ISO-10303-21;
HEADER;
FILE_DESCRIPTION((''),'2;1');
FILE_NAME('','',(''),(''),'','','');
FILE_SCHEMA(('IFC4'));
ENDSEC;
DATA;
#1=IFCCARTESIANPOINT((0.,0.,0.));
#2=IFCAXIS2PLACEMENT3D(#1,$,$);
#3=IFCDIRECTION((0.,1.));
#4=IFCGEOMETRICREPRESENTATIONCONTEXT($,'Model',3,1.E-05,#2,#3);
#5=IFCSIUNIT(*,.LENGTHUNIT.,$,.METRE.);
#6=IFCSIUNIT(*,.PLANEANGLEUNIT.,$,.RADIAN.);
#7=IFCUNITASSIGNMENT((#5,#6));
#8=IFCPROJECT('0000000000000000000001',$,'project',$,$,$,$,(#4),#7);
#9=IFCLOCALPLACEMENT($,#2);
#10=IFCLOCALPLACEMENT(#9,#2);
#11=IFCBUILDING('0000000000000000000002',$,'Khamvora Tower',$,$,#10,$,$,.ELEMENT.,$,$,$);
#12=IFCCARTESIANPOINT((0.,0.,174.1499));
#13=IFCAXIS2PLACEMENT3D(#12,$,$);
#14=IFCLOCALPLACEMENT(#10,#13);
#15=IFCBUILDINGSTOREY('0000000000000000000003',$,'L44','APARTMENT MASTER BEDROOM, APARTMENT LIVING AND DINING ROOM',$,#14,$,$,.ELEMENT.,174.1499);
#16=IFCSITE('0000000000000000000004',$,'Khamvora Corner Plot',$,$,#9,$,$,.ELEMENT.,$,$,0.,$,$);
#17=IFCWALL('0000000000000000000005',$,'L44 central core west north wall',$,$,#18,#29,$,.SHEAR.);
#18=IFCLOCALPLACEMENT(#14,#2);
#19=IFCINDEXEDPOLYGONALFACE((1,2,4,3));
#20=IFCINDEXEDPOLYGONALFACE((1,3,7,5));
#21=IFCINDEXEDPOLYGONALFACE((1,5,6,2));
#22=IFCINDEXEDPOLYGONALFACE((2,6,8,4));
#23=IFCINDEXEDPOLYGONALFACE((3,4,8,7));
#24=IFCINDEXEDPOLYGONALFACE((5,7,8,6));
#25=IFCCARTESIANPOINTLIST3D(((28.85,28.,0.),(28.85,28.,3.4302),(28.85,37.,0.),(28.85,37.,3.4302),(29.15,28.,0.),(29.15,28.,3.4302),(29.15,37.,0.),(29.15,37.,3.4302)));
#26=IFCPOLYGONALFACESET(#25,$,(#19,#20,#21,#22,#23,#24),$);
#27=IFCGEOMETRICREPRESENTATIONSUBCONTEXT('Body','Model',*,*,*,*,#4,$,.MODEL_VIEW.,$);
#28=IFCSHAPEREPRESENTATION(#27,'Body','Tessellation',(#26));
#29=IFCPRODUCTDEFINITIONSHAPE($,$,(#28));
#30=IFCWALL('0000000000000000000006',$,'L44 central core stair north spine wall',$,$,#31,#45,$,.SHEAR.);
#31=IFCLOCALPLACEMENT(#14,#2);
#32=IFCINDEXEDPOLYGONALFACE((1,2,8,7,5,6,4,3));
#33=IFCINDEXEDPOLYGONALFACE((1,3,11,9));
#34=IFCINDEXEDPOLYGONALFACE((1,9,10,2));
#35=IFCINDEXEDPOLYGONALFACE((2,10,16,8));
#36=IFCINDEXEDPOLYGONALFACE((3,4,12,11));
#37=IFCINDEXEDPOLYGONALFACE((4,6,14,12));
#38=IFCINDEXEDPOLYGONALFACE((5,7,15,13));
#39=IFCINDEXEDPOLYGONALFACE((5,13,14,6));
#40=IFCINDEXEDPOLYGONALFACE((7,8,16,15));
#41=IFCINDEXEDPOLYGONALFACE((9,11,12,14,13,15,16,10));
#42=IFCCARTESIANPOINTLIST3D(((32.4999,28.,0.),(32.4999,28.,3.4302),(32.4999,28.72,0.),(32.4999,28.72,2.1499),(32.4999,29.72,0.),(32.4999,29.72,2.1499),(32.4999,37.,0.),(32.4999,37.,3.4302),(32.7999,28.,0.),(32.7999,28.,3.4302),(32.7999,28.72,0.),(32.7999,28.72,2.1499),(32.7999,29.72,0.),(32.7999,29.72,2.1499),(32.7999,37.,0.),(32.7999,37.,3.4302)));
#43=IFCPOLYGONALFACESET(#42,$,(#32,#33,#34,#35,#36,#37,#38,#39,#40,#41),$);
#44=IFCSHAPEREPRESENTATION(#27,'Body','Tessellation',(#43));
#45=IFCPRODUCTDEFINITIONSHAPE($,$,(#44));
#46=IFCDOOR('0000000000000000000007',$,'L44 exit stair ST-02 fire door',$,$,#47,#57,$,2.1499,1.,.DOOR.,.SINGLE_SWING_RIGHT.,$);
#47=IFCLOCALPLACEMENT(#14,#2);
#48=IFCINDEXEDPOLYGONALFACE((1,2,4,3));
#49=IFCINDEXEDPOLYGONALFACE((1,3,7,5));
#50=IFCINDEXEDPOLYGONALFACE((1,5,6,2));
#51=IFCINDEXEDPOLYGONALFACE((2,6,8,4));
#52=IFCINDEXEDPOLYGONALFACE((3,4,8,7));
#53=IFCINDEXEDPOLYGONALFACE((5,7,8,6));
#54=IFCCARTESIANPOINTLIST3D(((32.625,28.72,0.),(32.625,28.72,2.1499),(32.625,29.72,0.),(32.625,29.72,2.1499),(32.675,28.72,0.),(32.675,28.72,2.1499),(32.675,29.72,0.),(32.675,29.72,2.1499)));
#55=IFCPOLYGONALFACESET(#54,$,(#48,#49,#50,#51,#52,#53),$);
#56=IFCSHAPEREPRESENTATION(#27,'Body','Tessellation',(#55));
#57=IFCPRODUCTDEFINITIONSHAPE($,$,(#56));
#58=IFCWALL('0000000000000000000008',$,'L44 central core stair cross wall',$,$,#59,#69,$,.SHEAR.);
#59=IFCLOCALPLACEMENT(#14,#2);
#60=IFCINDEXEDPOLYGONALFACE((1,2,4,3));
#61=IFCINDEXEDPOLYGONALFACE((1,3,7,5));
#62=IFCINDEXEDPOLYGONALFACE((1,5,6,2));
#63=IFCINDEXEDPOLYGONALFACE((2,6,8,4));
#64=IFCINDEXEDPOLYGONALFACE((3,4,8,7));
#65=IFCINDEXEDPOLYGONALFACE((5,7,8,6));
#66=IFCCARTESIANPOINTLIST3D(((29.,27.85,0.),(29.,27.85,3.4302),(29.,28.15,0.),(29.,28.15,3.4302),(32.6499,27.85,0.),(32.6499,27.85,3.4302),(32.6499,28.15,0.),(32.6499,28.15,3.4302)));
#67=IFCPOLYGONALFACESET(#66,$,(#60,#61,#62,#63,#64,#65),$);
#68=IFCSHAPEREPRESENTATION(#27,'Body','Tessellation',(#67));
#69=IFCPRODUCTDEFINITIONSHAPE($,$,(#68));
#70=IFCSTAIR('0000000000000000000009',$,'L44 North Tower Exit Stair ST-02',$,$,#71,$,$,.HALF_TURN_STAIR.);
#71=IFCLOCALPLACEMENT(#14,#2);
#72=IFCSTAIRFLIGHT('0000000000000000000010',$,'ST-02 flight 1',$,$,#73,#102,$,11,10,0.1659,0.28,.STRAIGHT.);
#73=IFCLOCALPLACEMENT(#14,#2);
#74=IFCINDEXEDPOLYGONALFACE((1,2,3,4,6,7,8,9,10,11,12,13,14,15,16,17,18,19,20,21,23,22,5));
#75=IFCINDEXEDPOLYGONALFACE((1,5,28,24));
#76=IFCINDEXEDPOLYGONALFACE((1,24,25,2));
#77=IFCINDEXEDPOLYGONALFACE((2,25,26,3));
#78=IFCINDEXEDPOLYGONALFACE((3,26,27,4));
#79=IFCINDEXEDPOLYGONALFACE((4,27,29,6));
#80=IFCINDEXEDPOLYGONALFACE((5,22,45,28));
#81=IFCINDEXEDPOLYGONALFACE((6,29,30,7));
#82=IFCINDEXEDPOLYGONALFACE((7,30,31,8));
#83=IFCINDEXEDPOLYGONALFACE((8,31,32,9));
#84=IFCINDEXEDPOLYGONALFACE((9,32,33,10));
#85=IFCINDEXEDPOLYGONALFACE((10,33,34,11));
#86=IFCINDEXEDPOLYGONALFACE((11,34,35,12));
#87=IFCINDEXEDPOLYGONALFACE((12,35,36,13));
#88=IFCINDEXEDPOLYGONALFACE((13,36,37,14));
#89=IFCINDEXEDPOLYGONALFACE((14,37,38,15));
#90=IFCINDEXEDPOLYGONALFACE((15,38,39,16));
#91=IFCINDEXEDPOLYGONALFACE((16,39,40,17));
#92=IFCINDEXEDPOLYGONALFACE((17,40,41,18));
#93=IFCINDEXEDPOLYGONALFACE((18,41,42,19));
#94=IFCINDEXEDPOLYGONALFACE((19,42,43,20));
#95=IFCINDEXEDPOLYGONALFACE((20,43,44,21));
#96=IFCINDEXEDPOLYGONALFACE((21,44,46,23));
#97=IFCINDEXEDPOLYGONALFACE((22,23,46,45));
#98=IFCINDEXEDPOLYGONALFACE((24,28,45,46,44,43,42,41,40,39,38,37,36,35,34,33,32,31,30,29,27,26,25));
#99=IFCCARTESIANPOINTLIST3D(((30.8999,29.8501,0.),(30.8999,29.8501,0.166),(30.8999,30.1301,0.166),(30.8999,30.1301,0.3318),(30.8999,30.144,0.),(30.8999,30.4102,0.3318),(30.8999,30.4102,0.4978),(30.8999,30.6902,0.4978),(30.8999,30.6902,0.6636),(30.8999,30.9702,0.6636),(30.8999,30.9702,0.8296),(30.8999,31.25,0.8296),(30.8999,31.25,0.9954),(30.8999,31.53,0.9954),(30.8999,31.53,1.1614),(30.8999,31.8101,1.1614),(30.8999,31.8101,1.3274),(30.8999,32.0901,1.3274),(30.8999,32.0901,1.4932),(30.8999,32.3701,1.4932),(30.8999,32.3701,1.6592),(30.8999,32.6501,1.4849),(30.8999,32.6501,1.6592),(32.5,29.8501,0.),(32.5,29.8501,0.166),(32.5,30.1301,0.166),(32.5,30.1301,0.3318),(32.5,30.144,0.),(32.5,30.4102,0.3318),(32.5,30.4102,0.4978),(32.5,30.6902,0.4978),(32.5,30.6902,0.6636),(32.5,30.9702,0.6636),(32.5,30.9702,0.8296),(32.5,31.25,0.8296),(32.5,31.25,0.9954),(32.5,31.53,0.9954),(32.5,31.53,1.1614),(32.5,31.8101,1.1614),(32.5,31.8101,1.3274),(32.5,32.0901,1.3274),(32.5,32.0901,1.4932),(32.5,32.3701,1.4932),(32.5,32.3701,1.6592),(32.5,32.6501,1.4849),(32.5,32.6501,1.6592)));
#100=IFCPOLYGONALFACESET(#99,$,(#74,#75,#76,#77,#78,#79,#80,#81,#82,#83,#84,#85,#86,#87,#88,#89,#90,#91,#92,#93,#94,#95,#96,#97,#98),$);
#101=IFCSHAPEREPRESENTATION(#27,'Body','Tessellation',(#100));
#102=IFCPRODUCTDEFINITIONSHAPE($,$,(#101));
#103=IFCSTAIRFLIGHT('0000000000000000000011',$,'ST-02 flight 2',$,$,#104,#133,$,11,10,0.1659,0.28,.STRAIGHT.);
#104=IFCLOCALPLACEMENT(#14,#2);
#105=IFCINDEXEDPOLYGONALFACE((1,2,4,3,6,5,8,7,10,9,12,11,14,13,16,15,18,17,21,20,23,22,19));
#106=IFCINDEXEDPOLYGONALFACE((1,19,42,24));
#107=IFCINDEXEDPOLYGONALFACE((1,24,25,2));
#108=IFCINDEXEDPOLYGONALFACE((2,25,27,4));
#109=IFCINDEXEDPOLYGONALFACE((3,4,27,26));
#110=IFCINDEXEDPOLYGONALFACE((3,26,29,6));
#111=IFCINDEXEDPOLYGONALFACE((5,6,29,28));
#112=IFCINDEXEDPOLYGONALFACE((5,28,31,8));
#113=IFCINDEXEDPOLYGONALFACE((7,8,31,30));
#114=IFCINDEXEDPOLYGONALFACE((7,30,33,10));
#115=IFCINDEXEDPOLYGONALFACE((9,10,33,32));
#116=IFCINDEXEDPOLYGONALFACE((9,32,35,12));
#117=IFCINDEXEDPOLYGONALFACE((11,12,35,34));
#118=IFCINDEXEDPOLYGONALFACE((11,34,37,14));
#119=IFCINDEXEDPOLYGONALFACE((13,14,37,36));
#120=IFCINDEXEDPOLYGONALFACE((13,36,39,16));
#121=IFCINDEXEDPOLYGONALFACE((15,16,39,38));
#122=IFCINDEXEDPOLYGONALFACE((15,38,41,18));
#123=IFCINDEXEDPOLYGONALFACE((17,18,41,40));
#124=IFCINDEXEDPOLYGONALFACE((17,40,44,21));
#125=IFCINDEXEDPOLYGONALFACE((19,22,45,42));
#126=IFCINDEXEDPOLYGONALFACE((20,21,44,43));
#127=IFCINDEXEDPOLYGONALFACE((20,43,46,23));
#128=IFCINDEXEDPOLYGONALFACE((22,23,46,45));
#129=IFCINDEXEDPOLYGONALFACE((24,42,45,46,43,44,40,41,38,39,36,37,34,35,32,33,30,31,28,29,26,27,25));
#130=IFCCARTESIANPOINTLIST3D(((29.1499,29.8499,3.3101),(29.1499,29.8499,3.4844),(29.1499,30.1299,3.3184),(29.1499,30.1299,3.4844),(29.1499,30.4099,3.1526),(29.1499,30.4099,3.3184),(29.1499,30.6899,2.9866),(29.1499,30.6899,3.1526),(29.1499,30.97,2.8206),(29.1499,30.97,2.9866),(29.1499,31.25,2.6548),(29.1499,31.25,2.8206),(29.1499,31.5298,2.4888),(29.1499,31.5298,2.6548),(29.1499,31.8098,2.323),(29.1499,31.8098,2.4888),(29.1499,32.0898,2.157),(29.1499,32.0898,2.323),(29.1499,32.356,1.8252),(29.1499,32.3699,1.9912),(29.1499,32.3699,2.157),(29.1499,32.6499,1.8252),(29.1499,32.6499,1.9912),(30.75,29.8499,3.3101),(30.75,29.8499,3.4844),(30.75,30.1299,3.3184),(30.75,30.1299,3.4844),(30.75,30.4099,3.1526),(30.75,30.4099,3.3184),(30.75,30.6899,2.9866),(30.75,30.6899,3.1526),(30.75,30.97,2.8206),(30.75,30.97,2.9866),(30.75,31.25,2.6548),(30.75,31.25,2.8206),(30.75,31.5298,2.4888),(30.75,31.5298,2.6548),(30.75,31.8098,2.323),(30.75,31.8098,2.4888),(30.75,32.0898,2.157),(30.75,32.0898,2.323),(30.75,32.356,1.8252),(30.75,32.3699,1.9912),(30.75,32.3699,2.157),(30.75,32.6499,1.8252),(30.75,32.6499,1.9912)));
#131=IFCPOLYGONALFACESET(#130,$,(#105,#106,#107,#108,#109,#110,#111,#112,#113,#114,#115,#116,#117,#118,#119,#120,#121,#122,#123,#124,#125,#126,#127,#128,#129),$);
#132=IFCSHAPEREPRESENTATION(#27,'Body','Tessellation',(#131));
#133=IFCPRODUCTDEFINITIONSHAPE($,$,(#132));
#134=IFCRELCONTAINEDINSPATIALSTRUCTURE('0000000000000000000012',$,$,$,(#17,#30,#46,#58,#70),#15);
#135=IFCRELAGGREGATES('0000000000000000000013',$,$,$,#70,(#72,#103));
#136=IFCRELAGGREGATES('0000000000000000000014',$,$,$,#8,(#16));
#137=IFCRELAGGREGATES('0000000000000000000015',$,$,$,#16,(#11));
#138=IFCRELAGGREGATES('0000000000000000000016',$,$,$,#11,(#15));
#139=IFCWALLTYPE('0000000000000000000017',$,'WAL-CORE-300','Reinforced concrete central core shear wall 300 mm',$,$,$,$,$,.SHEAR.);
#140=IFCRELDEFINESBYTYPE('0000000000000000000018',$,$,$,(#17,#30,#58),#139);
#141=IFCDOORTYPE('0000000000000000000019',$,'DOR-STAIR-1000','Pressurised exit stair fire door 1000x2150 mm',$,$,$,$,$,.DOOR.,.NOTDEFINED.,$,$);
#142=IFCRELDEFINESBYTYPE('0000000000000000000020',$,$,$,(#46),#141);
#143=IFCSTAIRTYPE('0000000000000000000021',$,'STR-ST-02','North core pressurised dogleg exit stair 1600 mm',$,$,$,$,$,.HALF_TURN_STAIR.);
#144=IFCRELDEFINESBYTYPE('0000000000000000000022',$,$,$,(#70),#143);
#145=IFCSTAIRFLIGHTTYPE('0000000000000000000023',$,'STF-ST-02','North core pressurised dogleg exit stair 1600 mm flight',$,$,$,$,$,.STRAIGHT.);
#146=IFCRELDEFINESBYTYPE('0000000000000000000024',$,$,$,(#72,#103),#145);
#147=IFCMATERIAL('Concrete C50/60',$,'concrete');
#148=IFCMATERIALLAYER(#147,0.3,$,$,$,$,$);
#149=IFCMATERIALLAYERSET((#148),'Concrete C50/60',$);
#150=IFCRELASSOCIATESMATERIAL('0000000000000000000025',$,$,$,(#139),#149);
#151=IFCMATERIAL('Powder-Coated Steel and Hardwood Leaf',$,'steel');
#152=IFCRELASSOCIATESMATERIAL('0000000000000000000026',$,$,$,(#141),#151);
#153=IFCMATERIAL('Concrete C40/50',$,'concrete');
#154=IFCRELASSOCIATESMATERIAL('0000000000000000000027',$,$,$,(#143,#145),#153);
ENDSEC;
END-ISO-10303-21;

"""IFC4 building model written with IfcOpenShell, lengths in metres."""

from ifc_helpers import new_model, si_unit, direction, frame, frame_2d, origin, place, context, subcontext, project, spatial, polyline, rectangle, outline, extrude, material, layer, layer_set, type_object, element, fill, aggregate, save


model = new_model("IFC4")

# Units and contexts
model_context = context("Model", 3, precision=1e-05, world=origin(), true_north=direction((0.0, 1.0)))
body_context = subcontext(model_context, "Body", "Model", "MODEL_VIEW")
ifc_project = project(units=[si_unit("LENGTHUNIT", "METRE"), si_unit("PLANEANGLEUNIT", "RADIAN")], contexts=[model_context])

# Site, building, storey
site_placement = place(None, origin())
site = spatial("IfcSite", under=ifc_project, at=site_placement, Name="Khamvora Corner Plot", CompositionType="ELEMENT", RefElevation=0.0)
building_placement = place(site_placement, origin())
building = spatial("IfcBuilding", under=site, at=building_placement, Name="Khamvora Tower", CompositionType="ELEMENT")
storey_placement = place(building_placement, frame((0.0, 0.0, 174.1499)))
storey = spatial("IfcBuildingStorey", under=building, at=storey_placement, Name="L44", Description="APARTMENT MASTER BEDROOM, APARTMENT LIVING AND DINING ROOM", CompositionType="ELEMENT", Elevation=174.1499)

# Wall
ifc_material_1 = material(Name="Concrete C50/60", Category="concrete")
ifc_layer_1 = layer(ifc_material_1, 0.3)
ifc_layer_set_1 = layer_set([ifc_layer_1], Name="Concrete C50/60")
wall_type = type_object("IfcWallType", Name="WAL-CORE-300", Description="Reinforced concrete central core shear wall 300 mm", PredefinedType="SHEAR", material=ifc_layer_set_1)
wall_1_placement = place(storey_placement, frame((29.0, 28.0, 0.0), z_axis=(0.0, 0.0, 1.0), x_axis=(0.0, 1.0, 0.0)))
element("IfcWall", 1, at=wall_1_placement, inside=storey, type_object=wall_type, Name="L44 central core west north wall", PredefinedType="SHEAR", context=body_context, shape_type="SweptSolid", body=[
    extrude(rectangle(XDim=9.0, YDim=0.3, at=frame_2d((4.5, 0.0))), origin(), (0.0, 0.0, 1.0), 3.4302),
])

# Wall, opening, door
wall_2_placement = place(storey_placement, frame((32.6499, 28.0, 0.0), z_axis=(0.0, 0.0, 1.0), x_axis=(0.0, 1.0, 0.0)))
wall_2 = element("IfcWall", 2, at=wall_2_placement, inside=storey, type_object=wall_type, Name="L44 central core stair north spine wall", PredefinedType="SHEAR", context=body_context, shape_type="SweptSolid", body=[
    extrude(rectangle(XDim=9.0, YDim=0.3, at=frame_2d((4.5, 0.0))), origin(), (0.0, 0.0, 1.0), 3.4302),
])
opening_placement = place(wall_2_placement, frame((0.72, 0.0, 0.0)))
opening = element("IfcOpeningElement", 3, at=opening_placement, cuts=wall_2, PredefinedType="OPENING", context=body_context, shape_type="SweptSolid", body=[
    extrude(rectangle(XDim=1.0, YDim=2.1499, at=frame_2d((0.5, 1.075))), frame((0.0, 0.1599, 0.0), z_axis=(0.0, -1.0, 0.0), x_axis=(1.0, 0.0, 0.0)), (0.0, 0.0, 1.0), 0.3201),
])
ifc_material_2 = material(Name="Powder-Coated Steel and Hardwood Leaf", Category="steel")
door_type = type_object("IfcDoorType", Name="DOR-STAIR-1000", Description="Pressurised exit stair fire door 1000x2150 mm", OperationType="NOTDEFINED", PredefinedType="DOOR", material=ifc_material_2)
door_placement = place(opening_placement, origin())
door = element("IfcDoor", 4, at=door_placement, inside=storey, type_object=door_type, Name="L44 exit stair ST-02 fire door", OperationType="SINGLE_SWING_RIGHT", OverallHeight=2.1499, OverallWidth=1.0, PredefinedType="DOOR", context=body_context, shape_type="SweptSolid", body=[
    extrude(rectangle(XDim=1.0, YDim=2.1499, at=frame_2d((0.5, 1.075))), frame((0.0, 0.0249, 0.0), z_axis=(0.0, -1.0, 0.0), x_axis=(1.0, 0.0, 0.0)), (0.0, 0.0, 1.0), 0.05),
])
fill(opening, door)

# Wall
wall_3_placement = place(storey_placement, frame((29.0, 28.0, 0.0), z_axis=(0.0, 0.0, 1.0), x_axis=(1.0, 0.0, 0.0)))
element("IfcWall", 5, at=wall_3_placement, inside=storey, type_object=wall_type, Name="L44 central core stair cross wall", PredefinedType="SHEAR", context=body_context, shape_type="SweptSolid", body=[
    extrude(rectangle(XDim=3.6499, YDim=0.3, at=frame_2d((1.825, 0.0))), origin(), (0.0, 0.0, 1.0), 3.4302),
])

# Stair, stair flights
ifc_material_3 = material(Name="Concrete C40/50", Category="concrete")
stair_type = type_object("IfcStairType", Name="STR-ST-02", Description="North core pressurised dogleg exit stair 1600 mm", PredefinedType="HALF_TURN_STAIR", material=ifc_material_3)
stair_placement = place(storey_placement, origin())
stair = element("IfcStair", 6, at=stair_placement, inside=storey, type_object=stair_type, Name="L44 North Tower Exit Stair ST-02", PredefinedType="HALF_TURN_STAIR")
stair_flight_type = type_object("IfcStairFlightType", Name="STF-ST-02", Description="North core pressurised dogleg exit stair 1600 mm flight", PredefinedType="STRAIGHT", material=ifc_material_3)
stair_flight_1_placement = place(storey_placement, frame((31.7, 29.8501, 0.0), z_axis=(0.0, 0.0, 1.0), x_axis=(0.0, 1.0, 0.0)))
stair_flight_1 = element("IfcStairFlight", 7, at=stair_flight_1_placement, type_object=stair_flight_type, Name="ST-02 flight 1", NumberOfRisers=11, NumberOfTreads=10, PredefinedType="STRAIGHT", RiserHeight=0.1659, TreadLength=0.28, context=body_context, shape_type="SweptSolid", body=[
    extrude(outline(polyline([(0.0, 0.0), (0.0, 0.166), (0.28, 0.166), (0.28, 0.3318), (0.5601, 0.3318), (0.5601, 0.4978), (0.8401, 0.4978), (0.8401, 0.6636), (1.1201, 0.6636), (1.1201, 0.8296), (1.3999, 0.8296), (1.3999, 0.9954), (1.6799, 0.9954), (1.6799, 1.1614), (1.96, 1.1614), (1.96, 1.3274), (2.24, 1.3274), (2.24, 1.4932), (2.52, 1.4932), (2.52, 1.6592), (2.8, 1.6592), (2.8, 1.825), (2.8, 1.4849), (0.2939, 0.0), (0.0, 0.0)])), frame((0.0, 0.8, 0.0), z_axis=(0.0, -1.0, 0.0), x_axis=(1.0, 0.0, 0.0)), (0.0, 0.0, 1.0), 1.6001),
])
stair_flight_2_placement = place(storey_placement, frame((29.95, 32.6499, 1.8252), z_axis=(0.0, 0.0, 1.0), x_axis=(0.0, -1.0, 0.0)))
stair_flight_2 = element("IfcStairFlight", 8, at=stair_flight_2_placement, type_object=stair_flight_type, Name="ST-02 flight 2", NumberOfRisers=11, NumberOfTreads=10, PredefinedType="STRAIGHT", RiserHeight=0.1659, TreadLength=0.28, context=body_context, shape_type="SweptSolid", body=[
    extrude(outline(polyline([(0.0, 0.0), (0.0, 0.166), (0.28, 0.166), (0.28, 0.3318), (0.5601, 0.3318), (0.5601, 0.4978), (0.8401, 0.4978), (0.8401, 0.6636), (1.1201, 0.6636), (1.1201, 0.8296), (1.3999, 0.8296), (1.3999, 0.9954), (1.6799, 0.9954), (1.6799, 1.1614), (1.96, 1.1614), (1.96, 1.3274), (2.24, 1.3274), (2.24, 1.4932), (2.52, 1.4932), (2.52, 1.6592), (2.8, 1.6592), (2.8, 1.825), (2.8, 1.4849), (0.2939, 0.0), (0.0, 0.0)])), frame((0.0, 0.8, 0.0), z_axis=(0.0, -1.0, 0.0), x_axis=(1.0, 0.0, 0.0)), (0.0, 0.0, 1.0), 1.6001),
])
aggregate(stair, [stair_flight_1, stair_flight_2])

save(model, "model.ifc")
